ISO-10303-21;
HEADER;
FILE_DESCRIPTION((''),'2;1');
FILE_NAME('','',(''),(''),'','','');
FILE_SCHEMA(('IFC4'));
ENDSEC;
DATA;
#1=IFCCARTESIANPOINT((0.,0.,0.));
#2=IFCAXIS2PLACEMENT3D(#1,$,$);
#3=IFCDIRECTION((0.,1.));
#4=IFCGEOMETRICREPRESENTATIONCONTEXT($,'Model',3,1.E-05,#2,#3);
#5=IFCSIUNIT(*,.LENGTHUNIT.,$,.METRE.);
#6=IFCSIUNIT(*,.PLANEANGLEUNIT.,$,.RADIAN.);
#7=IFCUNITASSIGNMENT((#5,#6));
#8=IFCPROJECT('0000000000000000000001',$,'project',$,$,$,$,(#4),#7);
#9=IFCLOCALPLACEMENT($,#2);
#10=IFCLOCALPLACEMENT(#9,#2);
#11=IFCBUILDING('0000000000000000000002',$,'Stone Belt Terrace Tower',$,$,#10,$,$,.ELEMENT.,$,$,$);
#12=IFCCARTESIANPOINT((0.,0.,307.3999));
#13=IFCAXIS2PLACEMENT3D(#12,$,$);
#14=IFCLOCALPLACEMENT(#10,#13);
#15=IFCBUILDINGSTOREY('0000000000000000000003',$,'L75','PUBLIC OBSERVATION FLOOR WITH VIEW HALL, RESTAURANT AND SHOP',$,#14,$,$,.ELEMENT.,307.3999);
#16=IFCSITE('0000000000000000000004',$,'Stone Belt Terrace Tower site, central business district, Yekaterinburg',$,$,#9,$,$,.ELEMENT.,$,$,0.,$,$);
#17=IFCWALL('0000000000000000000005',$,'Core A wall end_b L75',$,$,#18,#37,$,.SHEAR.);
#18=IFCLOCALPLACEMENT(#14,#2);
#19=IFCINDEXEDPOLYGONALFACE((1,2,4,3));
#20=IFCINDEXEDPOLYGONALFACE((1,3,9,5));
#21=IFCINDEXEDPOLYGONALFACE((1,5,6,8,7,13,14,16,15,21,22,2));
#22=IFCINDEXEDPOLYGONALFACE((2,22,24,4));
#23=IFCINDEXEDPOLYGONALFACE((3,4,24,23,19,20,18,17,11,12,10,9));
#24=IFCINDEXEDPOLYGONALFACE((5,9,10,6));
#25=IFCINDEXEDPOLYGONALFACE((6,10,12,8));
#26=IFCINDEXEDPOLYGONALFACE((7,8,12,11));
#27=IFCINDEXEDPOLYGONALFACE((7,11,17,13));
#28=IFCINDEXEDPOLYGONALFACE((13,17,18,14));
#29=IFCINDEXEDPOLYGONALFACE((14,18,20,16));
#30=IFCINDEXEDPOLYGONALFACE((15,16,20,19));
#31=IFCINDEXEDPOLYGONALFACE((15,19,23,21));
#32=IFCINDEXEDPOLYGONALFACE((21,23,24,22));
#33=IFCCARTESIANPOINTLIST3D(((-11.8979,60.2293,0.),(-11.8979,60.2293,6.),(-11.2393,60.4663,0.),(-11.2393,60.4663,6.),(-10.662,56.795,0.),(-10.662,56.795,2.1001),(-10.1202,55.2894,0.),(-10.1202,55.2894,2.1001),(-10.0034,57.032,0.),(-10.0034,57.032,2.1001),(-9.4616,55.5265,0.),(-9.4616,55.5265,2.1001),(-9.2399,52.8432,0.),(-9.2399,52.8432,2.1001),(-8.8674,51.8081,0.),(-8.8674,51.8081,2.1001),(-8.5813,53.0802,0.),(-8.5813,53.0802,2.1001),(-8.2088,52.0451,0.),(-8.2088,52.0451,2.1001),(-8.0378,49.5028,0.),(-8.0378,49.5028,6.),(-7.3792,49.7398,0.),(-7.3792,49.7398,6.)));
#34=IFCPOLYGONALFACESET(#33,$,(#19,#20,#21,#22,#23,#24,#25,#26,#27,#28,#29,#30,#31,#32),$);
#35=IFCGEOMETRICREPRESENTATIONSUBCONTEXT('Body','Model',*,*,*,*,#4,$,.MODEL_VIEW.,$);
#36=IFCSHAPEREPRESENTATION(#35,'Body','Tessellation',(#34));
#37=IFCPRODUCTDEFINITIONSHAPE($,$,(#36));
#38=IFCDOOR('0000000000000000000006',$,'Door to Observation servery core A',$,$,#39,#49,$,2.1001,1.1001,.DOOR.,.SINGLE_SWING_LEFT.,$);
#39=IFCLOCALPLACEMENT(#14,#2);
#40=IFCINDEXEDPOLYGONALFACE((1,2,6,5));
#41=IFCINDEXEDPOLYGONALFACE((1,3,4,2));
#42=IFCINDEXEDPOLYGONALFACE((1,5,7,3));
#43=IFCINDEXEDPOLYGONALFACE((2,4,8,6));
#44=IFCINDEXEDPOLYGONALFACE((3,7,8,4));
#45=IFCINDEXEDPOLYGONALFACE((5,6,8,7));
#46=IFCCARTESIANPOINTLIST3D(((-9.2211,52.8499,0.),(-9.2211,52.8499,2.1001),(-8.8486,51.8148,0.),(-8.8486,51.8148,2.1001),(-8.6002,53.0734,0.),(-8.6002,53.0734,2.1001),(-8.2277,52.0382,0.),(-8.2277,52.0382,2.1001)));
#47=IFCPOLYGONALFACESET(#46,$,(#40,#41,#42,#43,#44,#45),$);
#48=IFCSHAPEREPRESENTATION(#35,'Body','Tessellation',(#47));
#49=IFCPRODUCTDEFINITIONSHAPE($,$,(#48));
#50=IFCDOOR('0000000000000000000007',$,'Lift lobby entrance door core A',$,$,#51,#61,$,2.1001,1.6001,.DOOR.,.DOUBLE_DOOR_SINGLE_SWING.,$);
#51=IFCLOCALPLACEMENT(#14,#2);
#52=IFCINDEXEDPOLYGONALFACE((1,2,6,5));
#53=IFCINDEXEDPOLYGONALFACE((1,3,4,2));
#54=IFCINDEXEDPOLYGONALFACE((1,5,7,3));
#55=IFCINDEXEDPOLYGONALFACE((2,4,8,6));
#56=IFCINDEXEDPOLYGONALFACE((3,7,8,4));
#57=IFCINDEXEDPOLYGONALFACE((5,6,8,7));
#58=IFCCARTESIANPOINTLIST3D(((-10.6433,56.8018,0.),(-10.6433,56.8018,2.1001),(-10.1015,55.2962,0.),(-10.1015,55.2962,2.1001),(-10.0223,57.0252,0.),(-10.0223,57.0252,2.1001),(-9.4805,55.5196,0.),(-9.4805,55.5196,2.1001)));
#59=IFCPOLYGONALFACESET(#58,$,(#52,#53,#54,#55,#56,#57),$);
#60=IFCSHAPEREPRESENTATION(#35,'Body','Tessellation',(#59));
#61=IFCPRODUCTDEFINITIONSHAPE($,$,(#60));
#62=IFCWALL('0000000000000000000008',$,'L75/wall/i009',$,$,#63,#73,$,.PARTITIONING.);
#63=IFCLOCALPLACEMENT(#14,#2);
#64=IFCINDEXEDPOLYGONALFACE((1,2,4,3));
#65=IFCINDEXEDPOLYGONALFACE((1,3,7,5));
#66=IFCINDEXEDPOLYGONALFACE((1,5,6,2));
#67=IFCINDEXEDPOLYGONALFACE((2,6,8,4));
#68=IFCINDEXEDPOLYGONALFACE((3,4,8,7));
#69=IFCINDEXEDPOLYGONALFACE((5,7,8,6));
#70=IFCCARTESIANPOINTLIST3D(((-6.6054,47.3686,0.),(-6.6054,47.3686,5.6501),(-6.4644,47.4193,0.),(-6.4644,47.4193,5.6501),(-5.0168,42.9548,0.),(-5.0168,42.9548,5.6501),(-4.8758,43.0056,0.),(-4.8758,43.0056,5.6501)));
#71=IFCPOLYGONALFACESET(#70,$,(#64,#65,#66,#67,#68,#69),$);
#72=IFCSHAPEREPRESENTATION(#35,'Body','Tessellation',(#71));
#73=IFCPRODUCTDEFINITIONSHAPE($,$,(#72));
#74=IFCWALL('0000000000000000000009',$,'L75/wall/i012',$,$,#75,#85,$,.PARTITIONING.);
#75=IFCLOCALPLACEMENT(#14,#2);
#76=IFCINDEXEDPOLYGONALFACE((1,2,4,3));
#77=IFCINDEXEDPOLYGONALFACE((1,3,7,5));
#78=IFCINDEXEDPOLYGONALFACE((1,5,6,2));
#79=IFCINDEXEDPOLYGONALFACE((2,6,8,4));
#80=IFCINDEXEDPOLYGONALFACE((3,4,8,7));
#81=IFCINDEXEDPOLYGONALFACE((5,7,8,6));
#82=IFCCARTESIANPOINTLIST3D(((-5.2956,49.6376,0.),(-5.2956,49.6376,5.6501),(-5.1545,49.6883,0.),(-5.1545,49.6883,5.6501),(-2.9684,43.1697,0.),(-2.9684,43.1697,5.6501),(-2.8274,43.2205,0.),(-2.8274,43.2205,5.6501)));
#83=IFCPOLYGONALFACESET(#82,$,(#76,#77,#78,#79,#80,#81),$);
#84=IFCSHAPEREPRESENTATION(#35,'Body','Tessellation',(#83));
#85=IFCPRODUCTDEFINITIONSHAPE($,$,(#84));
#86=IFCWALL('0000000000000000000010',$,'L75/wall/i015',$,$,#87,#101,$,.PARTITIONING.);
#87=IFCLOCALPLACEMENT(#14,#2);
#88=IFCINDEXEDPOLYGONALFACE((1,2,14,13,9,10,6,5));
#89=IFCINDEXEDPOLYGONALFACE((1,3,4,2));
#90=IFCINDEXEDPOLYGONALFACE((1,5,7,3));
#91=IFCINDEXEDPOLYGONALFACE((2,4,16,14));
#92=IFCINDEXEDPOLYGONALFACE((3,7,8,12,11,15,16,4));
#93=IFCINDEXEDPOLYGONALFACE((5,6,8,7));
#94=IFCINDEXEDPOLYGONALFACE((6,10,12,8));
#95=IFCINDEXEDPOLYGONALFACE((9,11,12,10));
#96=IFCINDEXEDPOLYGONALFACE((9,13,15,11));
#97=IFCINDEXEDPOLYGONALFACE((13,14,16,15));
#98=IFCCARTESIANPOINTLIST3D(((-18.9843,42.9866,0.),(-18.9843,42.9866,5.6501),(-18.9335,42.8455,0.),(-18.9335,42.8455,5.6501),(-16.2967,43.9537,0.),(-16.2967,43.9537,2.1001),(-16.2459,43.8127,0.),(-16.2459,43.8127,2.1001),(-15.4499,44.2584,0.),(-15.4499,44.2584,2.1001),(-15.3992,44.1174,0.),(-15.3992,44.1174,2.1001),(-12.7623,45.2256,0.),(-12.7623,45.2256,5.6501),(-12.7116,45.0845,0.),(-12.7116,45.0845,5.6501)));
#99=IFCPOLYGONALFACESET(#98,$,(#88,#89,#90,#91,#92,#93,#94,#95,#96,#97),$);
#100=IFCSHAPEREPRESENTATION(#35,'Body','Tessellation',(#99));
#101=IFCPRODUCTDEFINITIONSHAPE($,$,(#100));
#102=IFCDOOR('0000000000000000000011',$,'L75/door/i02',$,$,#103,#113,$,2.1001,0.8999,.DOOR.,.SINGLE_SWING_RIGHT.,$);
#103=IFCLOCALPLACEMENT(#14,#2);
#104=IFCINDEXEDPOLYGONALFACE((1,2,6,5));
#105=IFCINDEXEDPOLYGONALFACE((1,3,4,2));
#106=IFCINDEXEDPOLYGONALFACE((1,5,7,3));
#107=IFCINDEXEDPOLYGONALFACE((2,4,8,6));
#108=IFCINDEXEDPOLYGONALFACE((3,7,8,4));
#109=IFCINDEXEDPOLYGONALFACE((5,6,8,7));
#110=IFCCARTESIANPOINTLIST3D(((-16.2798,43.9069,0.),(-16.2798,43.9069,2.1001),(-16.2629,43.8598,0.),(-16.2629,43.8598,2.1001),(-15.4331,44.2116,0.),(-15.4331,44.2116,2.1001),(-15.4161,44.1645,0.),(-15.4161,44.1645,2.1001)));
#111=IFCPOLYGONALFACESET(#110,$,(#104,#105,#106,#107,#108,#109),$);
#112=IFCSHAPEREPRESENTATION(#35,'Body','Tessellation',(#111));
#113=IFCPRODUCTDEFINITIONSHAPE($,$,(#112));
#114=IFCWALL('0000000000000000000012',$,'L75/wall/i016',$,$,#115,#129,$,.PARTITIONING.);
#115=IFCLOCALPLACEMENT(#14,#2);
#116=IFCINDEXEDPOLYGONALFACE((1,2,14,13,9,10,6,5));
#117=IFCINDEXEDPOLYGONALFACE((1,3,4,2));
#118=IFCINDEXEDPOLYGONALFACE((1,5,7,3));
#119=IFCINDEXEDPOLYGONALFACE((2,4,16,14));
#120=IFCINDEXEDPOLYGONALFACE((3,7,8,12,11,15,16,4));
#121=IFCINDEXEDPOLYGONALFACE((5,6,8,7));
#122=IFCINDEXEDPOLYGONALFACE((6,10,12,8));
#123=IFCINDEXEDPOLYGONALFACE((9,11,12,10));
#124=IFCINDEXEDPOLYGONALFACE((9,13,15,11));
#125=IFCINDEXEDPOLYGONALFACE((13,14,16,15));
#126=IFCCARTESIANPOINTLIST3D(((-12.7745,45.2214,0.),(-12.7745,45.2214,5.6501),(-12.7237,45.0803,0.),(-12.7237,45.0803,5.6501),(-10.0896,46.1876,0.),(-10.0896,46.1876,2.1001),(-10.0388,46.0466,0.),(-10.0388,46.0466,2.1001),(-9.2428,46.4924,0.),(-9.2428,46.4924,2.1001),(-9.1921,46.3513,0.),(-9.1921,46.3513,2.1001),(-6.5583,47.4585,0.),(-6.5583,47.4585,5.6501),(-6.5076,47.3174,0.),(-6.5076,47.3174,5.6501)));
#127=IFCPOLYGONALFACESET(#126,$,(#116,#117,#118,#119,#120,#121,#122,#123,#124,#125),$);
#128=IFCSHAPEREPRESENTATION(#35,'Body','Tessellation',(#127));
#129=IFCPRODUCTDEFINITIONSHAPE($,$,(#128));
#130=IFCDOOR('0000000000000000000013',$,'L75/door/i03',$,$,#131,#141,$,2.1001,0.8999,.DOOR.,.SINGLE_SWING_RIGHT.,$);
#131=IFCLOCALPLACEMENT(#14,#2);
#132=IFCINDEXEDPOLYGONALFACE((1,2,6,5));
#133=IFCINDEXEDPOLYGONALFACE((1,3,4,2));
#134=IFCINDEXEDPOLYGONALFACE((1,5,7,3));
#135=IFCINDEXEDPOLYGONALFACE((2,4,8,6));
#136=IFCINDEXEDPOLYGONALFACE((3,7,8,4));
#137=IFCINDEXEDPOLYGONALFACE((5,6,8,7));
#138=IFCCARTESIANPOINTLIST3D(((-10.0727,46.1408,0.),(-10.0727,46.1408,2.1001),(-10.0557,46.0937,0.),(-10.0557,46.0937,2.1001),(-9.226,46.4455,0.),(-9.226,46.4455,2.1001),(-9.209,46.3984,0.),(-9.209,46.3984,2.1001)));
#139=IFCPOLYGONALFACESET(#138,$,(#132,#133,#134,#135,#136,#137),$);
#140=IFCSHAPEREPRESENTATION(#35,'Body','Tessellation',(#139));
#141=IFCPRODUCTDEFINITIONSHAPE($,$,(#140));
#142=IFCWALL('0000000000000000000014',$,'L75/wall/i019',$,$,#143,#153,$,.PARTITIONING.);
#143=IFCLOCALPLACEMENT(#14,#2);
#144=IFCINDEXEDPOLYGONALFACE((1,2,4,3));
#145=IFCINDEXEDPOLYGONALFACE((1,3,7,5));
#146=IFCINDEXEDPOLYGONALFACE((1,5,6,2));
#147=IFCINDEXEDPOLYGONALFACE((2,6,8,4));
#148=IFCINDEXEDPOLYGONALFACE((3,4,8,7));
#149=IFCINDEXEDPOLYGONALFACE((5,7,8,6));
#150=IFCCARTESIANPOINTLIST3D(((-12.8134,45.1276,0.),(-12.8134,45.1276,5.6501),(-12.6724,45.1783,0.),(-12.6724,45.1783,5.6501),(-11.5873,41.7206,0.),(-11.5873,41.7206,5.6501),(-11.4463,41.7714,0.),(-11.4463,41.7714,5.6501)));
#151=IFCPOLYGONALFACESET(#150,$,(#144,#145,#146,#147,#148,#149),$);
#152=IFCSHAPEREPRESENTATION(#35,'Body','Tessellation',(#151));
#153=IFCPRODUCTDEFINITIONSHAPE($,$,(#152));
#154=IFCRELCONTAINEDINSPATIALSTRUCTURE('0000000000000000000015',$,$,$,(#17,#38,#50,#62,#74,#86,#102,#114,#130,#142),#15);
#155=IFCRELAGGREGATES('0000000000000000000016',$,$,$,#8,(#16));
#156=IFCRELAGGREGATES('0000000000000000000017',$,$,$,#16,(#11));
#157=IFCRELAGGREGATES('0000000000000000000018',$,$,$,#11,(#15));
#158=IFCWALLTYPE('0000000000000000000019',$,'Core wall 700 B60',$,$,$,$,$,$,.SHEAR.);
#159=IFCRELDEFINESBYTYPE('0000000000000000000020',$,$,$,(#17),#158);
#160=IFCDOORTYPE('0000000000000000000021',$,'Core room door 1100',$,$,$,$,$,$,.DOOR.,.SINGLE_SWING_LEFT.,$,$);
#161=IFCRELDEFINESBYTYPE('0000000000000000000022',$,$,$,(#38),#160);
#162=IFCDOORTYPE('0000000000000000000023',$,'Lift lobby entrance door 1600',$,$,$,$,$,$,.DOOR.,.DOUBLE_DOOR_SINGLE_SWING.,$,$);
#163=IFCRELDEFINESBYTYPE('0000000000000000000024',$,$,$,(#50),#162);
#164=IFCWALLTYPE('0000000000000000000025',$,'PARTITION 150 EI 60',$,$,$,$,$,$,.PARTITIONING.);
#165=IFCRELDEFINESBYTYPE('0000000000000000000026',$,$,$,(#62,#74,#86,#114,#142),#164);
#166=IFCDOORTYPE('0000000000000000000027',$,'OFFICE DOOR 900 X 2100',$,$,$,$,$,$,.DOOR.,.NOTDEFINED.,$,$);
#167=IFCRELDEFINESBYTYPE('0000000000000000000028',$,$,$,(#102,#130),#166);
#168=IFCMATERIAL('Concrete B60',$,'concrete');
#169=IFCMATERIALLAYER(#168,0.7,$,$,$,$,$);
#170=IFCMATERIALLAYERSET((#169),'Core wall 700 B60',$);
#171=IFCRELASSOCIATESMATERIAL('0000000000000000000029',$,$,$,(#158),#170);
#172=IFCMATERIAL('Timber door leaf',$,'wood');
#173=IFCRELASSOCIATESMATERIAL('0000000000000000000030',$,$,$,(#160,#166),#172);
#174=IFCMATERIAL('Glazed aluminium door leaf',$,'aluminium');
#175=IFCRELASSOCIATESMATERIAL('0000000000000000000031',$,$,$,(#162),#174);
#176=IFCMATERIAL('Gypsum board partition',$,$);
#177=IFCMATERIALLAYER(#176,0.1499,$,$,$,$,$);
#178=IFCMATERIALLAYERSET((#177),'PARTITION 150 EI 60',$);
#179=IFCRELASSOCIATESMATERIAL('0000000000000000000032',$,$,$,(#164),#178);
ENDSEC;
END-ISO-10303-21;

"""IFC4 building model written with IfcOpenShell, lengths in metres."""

from ifc_helpers import new_model, si_unit, direction, frame, frame_2d, origin, place, context, subcontext, project, spatial, rectangle, extrude, material, layer, layer_set, type_object, element, fill, save


model = new_model("IFC4")

# Units and contexts
model_context = context("Model", 3, precision=1e-05, world=origin(), true_north=direction((0.0, 1.0)))
body_context = subcontext(model_context, "Body", "Model", "MODEL_VIEW")
ifc_project = project(units=[si_unit("LENGTHUNIT", "METRE"), si_unit("PLANEANGLEUNIT", "RADIAN")], contexts=[model_context])

# Site, building, storey
site_placement = place(None, origin())
site = spatial("IfcSite", under=ifc_project, at=site_placement, Name="Stone Belt Terrace Tower site, central business district, Yekaterinburg", CompositionType="ELEMENT", RefElevation=0.0)
building_placement = place(site_placement, origin())
building = spatial("IfcBuilding", under=site, at=building_placement, Name="Stone Belt Terrace Tower", CompositionType="ELEMENT")
storey_placement = place(building_placement, frame((0.0, 0.0, 307.3999)))
storey = spatial("IfcBuildingStorey", under=building, at=storey_placement, Name="L75", Description="PUBLIC OBSERVATION FLOOR WITH VIEW HALL, RESTAURANT AND SHOP", CompositionType="ELEMENT", Elevation=307.3999)

# Shared definitions
ifc_material_1 = material(Name="Concrete B60", Category="concrete")

# Wall, openings, doors
ifc_layer_1 = layer(ifc_material_1, 0.7)
ifc_layer_set_1 = layer_set([ifc_layer_1], Name="Core wall 700 B60")
wall_type_1 = type_object("IfcWallType", Name="Core wall 700 B60", PredefinedType="SHEAR", material=ifc_layer_set_1)
wall_1_placement = place(storey_placement, frame((-7.7085, 49.6213, 0.0), z_axis=(0.0, 0.0, 1.0), x_axis=(-0.338606, 0.940928, 0.0)))
wall_1 = element("IfcWall", 1, at=wall_1_placement, inside=storey, type_object=wall_type_1, Name="Core A wall end_b L75", PredefinedType="SHEAR", context=body_context, shape_type="SweptSolid", body=[
    extrude(rectangle(XDim=11.3999, YDim=0.7, at=frame_2d((5.7, 0.0))), origin(), (0.0, 0.0, 1.0), 6.0),
])
opening_1_placement = place(wall_1_placement, frame((6.1499, 0.0, 0.0)))
opening_1 = element("IfcOpeningElement", 2, at=opening_1_placement, cuts=wall_1, PredefinedType="OPENING", context=body_context, shape_type="SweptSolid", body=[
    extrude(rectangle(XDim=1.6001, YDim=2.1001, at=frame_2d((0.8, 1.05))), frame((0.0, 0.3599, 0.0), z_axis=(0.0, -1.0, 0.0), x_axis=(1.0, 0.0, 0.0)), (0.0, 0.0, 1.0), 0.72),
])
opening_2_placement = place(wall_1_placement, frame((2.45, 0.0, 0.0)))
opening_2 = element("IfcOpeningElement", 3, at=opening_2_placement, cuts=wall_1, PredefinedType="OPENING", context=body_context, shape_type="SweptSolid", body=[
    extrude(rectangle(XDim=1.1001, YDim=2.1001, at=frame_2d((0.55, 1.05))), frame((0.0, 0.3599, 0.0), z_axis=(0.0, -1.0, 0.0), x_axis=(1.0, 0.0, 0.0)), (0.0, 0.0, 1.0), 0.72),
])
ifc_material_2 = material(Name="Timber door leaf", Category="wood")
door_type_1 = type_object("IfcDoorType", Name="Core room door 1100", OperationType="SINGLE_SWING_LEFT", PredefinedType="DOOR", material=ifc_material_2)
door_1_placement = place(opening_2_placement, origin())
door_1 = element("IfcDoor", 4, at=door_1_placement, inside=storey, type_object=door_type_1, Name="Door to Observation servery core A", OperationType="SINGLE_SWING_LEFT", OverallHeight=2.1001, OverallWidth=1.1001, PredefinedType="DOOR", context=body_context, shape_type="SweptSolid", body=[
    extrude(rectangle(XDim=1.1001, YDim=2.1001, at=frame_2d((0.55, 1.05))), frame((0.0, 0.3301, 0.0), z_axis=(0.0, -1.0, 0.0), x_axis=(1.0, 0.0, 0.0)), (0.0, 0.0, 1.0), 0.6599),
])
fill(opening_2, door_1)
ifc_material_3 = material(Name="Glazed aluminium door leaf", Category="aluminium")
door_type_2 = type_object("IfcDoorType", Name="Lift lobby entrance door 1600", OperationType="DOUBLE_DOOR_SINGLE_SWING", PredefinedType="DOOR", material=ifc_material_3)
door_2_placement = place(opening_1_placement, origin())
door_2 = element("IfcDoor", 5, at=door_2_placement, inside=storey, type_object=door_type_2, Name="Lift lobby entrance door core A", OperationType="DOUBLE_DOOR_SINGLE_SWING", OverallHeight=2.1001, OverallWidth=1.6001, PredefinedType="DOOR", context=body_context, shape_type="SweptSolid", body=[
    extrude(rectangle(XDim=1.6001, YDim=2.1001, at=frame_2d((0.8, 1.05))), frame((0.0, 0.3301, 0.0), z_axis=(0.0, -1.0, 0.0), x_axis=(1.0, 0.0, 0.0)), (0.0, 0.0, 1.0), 0.6599),
])
fill(opening_1, door_2)

# Walls
ifc_material_4 = material(Name="Gypsum board partition")
ifc_layer_2 = layer(ifc_material_4, 0.1499)
ifc_layer_set_2 = layer_set([ifc_layer_2], Name="PARTITION 150 EI 60")
wall_type_2 = type_object("IfcWallType", Name="PARTITION 150 EI 60", PredefinedType="PARTITIONING", material=ifc_layer_set_2)
wall_2_placement = place(storey_placement, frame((-4.9463, 42.9802, 0.0), z_axis=(0.0, 0.0, 1.0), x_axis=(-0.338653, 0.940911, 0.0)))
element("IfcWall", 6, at=wall_2_placement, inside=storey, type_object=wall_type_2, Name="L75/wall/i009", PredefinedType="PARTITIONING", context=body_context, shape_type="SweptSolid", body=[
    extrude(rectangle(XDim=4.6909, YDim=0.1499, at=frame_2d((2.3455, 0.0))), origin(), (0.0, 0.0, 1.0), 5.6501),
])
wall_3_placement = place(storey_placement, frame((-5.2251, 49.6631, 0.0), z_axis=(0.0, 0.0, 1.0), x_axis=(0.338558, -0.940945, 0.0)))
element("IfcWall", 7, at=wall_3_placement, inside=storey, type_object=wall_type_2, Name="L75/wall/i012", PredefinedType="PARTITIONING", context=body_context, shape_type="SweptSolid", body=[
    extrude(rectangle(XDim=6.8738, YDim=0.1499, at=frame_2d((3.437, 0.0))), origin(), (0.0, 0.0, 1.0), 5.6501),
])

# Walls, openings, doors
wall_4_placement = place(storey_placement, frame((-12.7371, 45.155, 0.0), z_axis=(0.0, 0.0, 1.0), x_axis=(-0.94093, -0.338602, 0.0)))
wall_4 = element("IfcWall", 8, at=wall_4_placement, inside=storey, type_object=wall_type_2, Name="L75/wall/i015", PredefinedType="PARTITIONING", context=body_context, shape_type="SweptSolid", body=[
    extrude(rectangle(XDim=6.6125, YDim=0.1499, at=frame_2d((3.3062, 0.0))), origin(), (0.0, 0.0, 1.0), 5.6501),
])
opening_3_placement = place(wall_4_placement, frame((2.8562, 0.0, 0.0)))
opening_3 = element("IfcOpeningElement", 9, at=opening_3_placement, cuts=wall_4, PredefinedType="OPENING", context=body_context, shape_type="SweptSolid", body=[
    extrude(rectangle(XDim=0.8999, YDim=2.1001, at=frame_2d((0.45, 1.05))), frame((0.0, 0.085, 0.0), z_axis=(0.0, -1.0, 0.0), x_axis=(1.0, 0.0, 0.0)), (0.0, 0.0, 1.0), 0.1699),
])
door_type_3 = type_object("IfcDoorType", Name="OFFICE DOOR 900 X 2100", OperationType="NOTDEFINED", PredefinedType="DOOR", material=ifc_material_2)
door_3_placement = place(opening_3_placement, origin())
door_3 = element("IfcDoor", 10, at=door_3_placement, inside=storey, type_object=door_type_3, Name="L75/door/i02", OperationType="SINGLE_SWING_RIGHT", OverallHeight=2.1001, OverallWidth=0.8999, PredefinedType="DOOR", context=body_context, shape_type="SweptSolid", body=[
    extrude(rectangle(XDim=0.8999, YDim=2.1001, at=frame_2d((0.45, 1.05))), frame((0.0, 0.0249, 0.0), z_axis=(0.0, -1.0, 0.0), x_axis=(1.0, 0.0, 0.0)), (0.0, 0.0, 1.0), 0.05),
])
fill(opening_3, door_3)
wall_5_placement = place(storey_placement, frame((-6.533, 47.3879, 0.0), z_axis=(0.0, 0.0, 1.0), x_axis=(-0.940922, -0.338623, 0.0)))
wall_5 = element("IfcWall", 11, at=wall_5_placement, inside=storey, type_object=wall_type_2, Name="L75/wall/i016", PredefinedType="PARTITIONING", context=body_context, shape_type="SweptSolid", body=[
    extrude(rectangle(XDim=6.6064, YDim=0.1499, at=frame_2d((3.3032, 0.0))), origin(), (0.0, 0.0, 1.0), 5.6501),
])
opening_4_placement = place(wall_5_placement, frame((2.853, 0.0, 0.0)))
opening_4 = element("IfcOpeningElement", 12, at=opening_4_placement, cuts=wall_5, PredefinedType="OPENING", context=body_context, shape_type="SweptSolid", body=[
    extrude(rectangle(XDim=0.8999, YDim=2.1001, at=frame_2d((0.45, 1.05))), frame((0.0, 0.085, 0.0), z_axis=(0.0, -1.0, 0.0), x_axis=(1.0, 0.0, 0.0)), (0.0, 0.0, 1.0), 0.1699),
])
door_4_placement = place(opening_4_placement, origin())
door_4 = element("IfcDoor", 13, at=door_4_placement, inside=storey, type_object=door_type_3, Name="L75/door/i03", OperationType="SINGLE_SWING_RIGHT", OverallHeight=2.1001, OverallWidth=0.8999, PredefinedType="DOOR", context=body_context, shape_type="SweptSolid", body=[
    extrude(rectangle(XDim=0.8999, YDim=2.1001, at=frame_2d((0.45, 1.05))), frame((0.0, 0.0249, 0.0), z_axis=(0.0, -1.0, 0.0), x_axis=(1.0, 0.0, 0.0)), (0.0, 0.0, 1.0), 0.05),
])
fill(opening_4, door_4)

# Wall
wall_6_placement = place(storey_placement, frame((-12.7429, 45.1531, 0.0), z_axis=(0.0, 0.0, 1.0), x_axis=(0.338612, -0.940926, 0.0)))
element("IfcWall", 14, at=wall_6_placement, inside=storey, type_object=wall_type_2, Name="L75/wall/i019", PredefinedType="PARTITIONING", context=body_context, shape_type="SweptSolid", body=[
    extrude(rectangle(XDim=3.6208, YDim=0.1499, at=frame_2d((1.8105, 0.0))), origin(), (0.0, 0.0, 1.0), 5.6501),
])

save(model, "model.ifc")
